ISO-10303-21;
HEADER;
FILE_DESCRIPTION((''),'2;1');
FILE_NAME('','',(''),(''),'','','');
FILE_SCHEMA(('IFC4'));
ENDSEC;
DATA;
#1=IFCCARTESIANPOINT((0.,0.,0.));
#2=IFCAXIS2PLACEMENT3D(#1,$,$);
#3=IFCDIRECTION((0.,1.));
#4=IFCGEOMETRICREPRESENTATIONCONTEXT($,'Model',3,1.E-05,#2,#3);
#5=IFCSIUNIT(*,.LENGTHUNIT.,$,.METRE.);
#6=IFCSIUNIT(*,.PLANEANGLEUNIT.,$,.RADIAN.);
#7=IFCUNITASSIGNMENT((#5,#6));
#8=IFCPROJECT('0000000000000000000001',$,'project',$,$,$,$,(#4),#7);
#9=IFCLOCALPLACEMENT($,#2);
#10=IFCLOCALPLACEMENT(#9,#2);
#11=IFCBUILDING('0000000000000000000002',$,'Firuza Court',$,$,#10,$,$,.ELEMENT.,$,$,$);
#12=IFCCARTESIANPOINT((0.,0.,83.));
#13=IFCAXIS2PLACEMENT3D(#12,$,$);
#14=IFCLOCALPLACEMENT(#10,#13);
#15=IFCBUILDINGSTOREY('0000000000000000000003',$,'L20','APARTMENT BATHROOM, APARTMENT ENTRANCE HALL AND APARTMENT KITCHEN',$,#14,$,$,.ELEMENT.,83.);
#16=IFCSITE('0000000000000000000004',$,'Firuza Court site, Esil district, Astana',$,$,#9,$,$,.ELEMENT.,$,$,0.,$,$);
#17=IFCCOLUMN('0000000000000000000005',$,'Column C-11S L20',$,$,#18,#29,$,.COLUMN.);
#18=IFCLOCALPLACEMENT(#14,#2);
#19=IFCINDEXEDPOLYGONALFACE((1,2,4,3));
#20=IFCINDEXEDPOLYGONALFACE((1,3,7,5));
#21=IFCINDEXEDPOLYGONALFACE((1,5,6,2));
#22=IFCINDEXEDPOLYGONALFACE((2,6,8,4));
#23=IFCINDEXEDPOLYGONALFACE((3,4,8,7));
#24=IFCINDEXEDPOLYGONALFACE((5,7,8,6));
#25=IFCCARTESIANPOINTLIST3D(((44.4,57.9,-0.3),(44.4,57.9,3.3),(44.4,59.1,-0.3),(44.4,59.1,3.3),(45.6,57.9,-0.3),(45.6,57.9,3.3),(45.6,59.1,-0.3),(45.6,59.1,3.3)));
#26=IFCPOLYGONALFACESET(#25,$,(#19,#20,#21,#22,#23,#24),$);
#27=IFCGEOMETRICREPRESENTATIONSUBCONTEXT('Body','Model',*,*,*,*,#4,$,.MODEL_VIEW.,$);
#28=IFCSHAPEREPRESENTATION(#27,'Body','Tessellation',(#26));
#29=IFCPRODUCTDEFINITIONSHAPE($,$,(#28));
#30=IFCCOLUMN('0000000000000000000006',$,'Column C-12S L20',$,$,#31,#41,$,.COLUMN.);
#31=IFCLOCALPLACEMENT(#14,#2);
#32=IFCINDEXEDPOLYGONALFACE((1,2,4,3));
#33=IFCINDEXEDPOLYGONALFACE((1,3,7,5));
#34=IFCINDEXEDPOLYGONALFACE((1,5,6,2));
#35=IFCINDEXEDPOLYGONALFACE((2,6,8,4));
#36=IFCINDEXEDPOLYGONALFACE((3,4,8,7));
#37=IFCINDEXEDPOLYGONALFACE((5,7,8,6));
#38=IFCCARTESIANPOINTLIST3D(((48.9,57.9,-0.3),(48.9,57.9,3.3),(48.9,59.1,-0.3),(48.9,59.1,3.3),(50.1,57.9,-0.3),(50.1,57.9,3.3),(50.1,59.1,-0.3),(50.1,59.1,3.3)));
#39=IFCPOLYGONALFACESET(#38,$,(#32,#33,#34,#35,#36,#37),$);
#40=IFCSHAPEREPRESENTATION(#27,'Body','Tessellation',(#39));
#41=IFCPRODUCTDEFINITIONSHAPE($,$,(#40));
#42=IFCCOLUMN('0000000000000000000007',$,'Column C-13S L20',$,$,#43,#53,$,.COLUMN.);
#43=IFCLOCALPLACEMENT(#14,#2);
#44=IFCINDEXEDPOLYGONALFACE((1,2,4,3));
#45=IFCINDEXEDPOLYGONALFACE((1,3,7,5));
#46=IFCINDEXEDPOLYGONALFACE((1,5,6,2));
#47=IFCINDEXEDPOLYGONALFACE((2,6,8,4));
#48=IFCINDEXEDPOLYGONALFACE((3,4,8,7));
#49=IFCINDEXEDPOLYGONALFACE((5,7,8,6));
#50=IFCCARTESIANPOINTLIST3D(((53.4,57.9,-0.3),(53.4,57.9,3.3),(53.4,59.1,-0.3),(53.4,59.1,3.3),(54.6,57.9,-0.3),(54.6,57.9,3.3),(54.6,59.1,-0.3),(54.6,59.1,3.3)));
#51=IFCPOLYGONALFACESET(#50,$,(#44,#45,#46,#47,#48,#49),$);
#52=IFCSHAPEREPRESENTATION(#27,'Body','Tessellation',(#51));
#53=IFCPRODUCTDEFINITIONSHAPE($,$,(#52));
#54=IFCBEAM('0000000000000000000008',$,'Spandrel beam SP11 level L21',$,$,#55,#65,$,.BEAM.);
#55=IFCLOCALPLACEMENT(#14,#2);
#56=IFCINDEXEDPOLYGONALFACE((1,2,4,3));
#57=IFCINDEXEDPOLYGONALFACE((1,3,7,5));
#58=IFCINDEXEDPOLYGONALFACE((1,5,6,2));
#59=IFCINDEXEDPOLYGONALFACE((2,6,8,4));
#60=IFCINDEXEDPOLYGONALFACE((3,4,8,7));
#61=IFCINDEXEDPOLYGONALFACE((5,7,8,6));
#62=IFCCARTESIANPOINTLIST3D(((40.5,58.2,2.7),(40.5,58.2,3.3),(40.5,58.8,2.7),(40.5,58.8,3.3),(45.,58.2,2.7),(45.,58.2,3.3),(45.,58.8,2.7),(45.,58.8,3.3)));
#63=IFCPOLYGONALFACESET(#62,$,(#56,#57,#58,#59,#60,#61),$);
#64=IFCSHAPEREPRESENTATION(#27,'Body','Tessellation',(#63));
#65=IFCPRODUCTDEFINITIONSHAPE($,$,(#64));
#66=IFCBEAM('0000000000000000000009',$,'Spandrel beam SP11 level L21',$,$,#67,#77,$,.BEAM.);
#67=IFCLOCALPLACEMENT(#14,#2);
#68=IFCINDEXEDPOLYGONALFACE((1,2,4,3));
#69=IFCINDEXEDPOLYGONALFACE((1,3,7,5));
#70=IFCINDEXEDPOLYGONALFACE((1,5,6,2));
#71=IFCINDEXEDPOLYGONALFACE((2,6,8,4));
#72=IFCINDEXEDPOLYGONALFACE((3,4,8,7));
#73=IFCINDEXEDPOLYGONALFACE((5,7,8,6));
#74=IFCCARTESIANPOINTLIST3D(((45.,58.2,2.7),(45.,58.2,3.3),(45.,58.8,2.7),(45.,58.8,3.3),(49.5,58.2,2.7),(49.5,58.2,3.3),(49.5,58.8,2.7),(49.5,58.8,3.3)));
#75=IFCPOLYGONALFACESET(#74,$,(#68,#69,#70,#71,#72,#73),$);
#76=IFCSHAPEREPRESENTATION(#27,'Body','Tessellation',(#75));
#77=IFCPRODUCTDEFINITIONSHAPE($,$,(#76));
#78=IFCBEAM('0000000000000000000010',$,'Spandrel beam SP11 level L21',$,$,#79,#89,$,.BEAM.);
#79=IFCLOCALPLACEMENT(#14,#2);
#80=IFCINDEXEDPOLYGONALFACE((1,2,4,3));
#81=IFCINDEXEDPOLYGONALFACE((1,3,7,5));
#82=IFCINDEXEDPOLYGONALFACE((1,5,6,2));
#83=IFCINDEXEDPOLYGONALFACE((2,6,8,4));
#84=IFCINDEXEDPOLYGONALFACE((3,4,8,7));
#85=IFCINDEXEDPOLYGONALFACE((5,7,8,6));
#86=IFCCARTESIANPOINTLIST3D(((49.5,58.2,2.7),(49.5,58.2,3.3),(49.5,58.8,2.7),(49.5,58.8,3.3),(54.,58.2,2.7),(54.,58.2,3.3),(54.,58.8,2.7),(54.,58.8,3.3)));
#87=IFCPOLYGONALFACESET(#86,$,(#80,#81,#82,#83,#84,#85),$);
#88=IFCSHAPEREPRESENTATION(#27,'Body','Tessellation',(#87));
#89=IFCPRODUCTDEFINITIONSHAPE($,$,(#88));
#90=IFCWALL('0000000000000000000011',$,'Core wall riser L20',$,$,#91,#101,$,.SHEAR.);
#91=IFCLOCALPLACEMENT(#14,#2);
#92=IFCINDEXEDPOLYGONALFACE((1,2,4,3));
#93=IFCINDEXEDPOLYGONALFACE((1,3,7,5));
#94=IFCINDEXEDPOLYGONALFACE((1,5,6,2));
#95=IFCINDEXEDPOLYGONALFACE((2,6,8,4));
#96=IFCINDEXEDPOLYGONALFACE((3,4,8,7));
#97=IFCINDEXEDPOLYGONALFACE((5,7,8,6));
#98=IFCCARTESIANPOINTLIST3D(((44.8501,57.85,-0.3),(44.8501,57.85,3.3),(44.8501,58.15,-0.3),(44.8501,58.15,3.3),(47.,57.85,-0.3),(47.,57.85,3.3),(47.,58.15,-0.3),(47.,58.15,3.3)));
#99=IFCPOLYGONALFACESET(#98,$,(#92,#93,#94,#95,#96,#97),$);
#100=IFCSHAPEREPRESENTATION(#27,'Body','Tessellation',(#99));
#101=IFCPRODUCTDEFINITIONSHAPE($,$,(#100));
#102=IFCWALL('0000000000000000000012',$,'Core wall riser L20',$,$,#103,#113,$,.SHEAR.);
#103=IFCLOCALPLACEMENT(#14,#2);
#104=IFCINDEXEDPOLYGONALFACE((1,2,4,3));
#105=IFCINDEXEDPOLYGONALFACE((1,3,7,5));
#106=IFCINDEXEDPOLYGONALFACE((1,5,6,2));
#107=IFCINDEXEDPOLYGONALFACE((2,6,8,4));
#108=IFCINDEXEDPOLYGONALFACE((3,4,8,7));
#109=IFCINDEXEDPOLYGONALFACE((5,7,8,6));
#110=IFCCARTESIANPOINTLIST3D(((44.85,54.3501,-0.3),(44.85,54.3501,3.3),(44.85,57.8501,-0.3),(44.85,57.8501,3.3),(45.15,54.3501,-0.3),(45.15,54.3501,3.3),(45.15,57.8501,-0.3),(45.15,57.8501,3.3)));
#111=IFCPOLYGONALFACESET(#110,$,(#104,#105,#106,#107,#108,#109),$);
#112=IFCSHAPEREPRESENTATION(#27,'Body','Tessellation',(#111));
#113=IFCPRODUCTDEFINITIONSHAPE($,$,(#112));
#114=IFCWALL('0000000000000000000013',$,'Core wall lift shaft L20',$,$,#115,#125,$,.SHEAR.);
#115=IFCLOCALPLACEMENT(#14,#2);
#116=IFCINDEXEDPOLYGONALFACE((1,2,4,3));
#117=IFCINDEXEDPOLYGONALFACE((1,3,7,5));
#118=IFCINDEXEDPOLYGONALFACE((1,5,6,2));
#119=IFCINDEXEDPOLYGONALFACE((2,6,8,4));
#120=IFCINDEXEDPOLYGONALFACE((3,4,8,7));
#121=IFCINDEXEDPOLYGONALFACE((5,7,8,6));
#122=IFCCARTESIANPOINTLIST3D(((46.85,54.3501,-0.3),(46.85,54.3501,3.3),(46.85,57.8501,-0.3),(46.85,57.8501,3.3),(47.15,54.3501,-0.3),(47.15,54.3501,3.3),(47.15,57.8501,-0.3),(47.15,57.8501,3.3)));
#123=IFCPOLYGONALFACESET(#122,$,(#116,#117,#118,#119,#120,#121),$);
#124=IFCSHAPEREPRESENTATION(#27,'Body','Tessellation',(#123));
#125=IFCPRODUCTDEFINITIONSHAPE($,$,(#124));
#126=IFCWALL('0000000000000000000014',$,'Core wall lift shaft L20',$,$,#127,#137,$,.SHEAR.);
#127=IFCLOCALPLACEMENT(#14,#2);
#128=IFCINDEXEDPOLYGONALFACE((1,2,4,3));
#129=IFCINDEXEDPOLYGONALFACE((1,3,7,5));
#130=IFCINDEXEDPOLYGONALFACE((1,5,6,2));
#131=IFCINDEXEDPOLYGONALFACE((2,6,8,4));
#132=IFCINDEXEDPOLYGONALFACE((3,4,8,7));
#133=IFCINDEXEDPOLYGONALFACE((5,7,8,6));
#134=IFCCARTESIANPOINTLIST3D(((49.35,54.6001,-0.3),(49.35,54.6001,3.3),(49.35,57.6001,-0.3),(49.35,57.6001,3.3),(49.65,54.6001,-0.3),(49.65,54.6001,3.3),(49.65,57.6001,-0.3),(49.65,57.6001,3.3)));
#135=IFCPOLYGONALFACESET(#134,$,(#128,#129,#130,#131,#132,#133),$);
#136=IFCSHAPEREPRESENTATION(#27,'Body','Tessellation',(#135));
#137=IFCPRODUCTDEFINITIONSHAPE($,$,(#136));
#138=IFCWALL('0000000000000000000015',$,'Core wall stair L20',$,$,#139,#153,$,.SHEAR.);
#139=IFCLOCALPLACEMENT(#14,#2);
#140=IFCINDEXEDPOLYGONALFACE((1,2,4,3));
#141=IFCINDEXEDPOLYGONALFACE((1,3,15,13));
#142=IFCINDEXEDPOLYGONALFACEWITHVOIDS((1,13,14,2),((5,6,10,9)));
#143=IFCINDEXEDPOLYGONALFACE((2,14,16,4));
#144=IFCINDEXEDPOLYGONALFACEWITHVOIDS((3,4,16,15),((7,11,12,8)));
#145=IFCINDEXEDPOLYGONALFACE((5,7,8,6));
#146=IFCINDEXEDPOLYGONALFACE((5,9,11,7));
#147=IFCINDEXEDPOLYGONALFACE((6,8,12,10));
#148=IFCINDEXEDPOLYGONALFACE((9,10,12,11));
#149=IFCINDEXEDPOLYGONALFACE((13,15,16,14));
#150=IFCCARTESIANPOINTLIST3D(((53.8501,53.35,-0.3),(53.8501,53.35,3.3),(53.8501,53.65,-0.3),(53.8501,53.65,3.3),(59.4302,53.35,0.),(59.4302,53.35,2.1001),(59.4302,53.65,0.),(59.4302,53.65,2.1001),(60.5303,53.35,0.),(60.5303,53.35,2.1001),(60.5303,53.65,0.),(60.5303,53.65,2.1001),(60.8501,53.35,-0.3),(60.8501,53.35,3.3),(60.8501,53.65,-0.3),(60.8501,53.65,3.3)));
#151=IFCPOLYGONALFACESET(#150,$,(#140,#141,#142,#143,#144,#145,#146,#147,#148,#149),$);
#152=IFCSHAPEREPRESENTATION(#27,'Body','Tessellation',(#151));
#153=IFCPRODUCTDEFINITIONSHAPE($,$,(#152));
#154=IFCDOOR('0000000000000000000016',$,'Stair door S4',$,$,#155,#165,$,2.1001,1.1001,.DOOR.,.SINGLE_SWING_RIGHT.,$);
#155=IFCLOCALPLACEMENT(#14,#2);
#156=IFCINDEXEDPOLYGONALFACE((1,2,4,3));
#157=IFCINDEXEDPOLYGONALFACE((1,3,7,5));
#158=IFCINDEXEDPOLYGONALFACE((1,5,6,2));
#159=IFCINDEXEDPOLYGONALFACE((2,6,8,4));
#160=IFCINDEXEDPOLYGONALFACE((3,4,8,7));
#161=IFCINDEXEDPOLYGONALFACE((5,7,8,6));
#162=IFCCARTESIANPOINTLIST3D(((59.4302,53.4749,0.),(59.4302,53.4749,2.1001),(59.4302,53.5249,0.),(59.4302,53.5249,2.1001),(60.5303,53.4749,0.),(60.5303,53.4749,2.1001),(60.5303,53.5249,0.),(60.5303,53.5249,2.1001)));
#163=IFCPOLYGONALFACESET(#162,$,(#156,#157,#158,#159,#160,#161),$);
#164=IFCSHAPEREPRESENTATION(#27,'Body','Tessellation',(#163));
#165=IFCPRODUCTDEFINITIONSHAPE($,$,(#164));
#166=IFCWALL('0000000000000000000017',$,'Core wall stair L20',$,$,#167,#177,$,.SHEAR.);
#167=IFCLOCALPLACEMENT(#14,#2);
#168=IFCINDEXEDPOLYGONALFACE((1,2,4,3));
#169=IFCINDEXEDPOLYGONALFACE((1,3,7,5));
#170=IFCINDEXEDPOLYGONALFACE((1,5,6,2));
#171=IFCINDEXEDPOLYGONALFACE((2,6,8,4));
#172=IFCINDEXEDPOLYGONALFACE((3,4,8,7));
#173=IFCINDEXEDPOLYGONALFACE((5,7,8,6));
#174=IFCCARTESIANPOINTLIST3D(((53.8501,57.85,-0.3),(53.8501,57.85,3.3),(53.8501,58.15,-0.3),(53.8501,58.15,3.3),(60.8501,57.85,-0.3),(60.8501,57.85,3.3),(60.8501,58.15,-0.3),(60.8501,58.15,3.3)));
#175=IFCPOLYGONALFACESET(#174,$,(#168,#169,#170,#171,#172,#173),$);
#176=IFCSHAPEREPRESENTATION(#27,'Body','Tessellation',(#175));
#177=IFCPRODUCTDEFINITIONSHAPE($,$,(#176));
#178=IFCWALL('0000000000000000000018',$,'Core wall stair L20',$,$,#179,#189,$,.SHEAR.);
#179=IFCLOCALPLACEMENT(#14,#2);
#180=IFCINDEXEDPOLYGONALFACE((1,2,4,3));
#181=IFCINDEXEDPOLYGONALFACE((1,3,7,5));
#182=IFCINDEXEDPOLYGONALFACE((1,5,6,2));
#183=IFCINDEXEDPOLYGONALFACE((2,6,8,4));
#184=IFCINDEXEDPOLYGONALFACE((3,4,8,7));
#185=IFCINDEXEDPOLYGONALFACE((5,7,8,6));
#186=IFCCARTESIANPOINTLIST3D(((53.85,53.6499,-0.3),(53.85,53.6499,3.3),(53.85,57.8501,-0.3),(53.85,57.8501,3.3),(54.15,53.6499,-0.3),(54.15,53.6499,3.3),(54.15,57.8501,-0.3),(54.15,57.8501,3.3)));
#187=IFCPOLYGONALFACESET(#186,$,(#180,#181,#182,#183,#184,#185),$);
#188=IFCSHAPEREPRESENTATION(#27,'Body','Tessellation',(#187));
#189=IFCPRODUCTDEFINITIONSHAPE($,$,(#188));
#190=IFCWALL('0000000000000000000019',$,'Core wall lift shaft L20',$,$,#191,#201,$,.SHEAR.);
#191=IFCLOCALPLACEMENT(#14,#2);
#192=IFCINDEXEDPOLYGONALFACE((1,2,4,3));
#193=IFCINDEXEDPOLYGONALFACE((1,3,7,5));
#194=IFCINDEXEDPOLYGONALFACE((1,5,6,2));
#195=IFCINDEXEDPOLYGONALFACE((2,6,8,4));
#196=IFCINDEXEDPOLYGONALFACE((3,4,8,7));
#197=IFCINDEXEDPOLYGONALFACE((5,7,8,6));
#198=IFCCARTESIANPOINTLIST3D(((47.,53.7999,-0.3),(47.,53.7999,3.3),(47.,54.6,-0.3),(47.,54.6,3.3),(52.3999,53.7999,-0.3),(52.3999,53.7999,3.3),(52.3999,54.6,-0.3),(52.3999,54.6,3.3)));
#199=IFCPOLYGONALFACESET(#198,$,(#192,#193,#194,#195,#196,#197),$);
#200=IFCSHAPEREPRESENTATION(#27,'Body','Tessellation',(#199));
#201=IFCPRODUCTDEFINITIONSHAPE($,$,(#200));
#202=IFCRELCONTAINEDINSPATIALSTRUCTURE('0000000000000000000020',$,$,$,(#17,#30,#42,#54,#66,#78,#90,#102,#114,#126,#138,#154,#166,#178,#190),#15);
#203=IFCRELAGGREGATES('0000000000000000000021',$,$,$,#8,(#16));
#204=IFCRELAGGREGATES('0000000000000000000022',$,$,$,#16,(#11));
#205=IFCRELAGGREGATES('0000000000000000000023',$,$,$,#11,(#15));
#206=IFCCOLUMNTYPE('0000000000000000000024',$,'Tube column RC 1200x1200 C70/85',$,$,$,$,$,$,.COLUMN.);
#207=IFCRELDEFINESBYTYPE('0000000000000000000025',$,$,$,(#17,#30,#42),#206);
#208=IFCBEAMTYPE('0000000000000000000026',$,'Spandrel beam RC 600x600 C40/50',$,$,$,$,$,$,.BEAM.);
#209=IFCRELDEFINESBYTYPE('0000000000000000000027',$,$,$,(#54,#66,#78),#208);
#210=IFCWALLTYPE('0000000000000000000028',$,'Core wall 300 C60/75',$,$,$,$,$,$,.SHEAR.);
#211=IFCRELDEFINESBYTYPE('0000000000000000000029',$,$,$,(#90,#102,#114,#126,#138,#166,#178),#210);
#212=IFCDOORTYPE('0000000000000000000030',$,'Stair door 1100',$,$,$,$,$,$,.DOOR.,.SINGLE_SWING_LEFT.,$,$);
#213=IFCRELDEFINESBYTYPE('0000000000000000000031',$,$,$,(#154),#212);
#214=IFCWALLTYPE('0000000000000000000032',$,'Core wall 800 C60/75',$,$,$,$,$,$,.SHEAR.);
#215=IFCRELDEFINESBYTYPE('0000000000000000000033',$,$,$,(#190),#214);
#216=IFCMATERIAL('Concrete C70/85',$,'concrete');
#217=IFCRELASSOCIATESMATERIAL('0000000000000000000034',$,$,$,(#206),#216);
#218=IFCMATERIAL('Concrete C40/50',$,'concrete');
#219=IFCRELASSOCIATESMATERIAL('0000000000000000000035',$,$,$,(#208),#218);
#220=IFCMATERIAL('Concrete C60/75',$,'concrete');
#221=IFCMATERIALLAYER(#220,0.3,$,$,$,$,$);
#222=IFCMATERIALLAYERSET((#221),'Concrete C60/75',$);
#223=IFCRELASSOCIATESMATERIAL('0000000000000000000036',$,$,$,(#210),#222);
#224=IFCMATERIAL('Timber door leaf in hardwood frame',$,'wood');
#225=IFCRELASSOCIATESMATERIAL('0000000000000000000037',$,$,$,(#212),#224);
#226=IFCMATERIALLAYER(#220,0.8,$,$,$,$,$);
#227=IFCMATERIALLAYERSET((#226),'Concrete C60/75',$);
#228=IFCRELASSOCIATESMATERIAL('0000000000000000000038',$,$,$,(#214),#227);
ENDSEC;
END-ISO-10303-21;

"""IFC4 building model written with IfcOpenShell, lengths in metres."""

from ifc_helpers import new_model, si_unit, direction, frame, frame_2d, origin, origin_2d, place, context, subcontext, project, spatial, rectangle, extrude, material, layer, layer_set, material_profile, profile_set, type_object, element, fill, save


model = new_model("IFC4")

# Units and contexts
model_context = context("Model", 3, precision=1e-05, world=origin(), true_north=direction((0.0, 1.0)))
body_context = subcontext(model_context, "Body", "Model", "MODEL_VIEW")
ifc_project = project(units=[si_unit("LENGTHUNIT", "METRE"), si_unit("PLANEANGLEUNIT", "RADIAN")], contexts=[model_context])

# Site, building, storey
site_placement = place(None, origin())
site = spatial("IfcSite", under=ifc_project, at=site_placement, Name="Firuza Court site, Esil district, Astana", CompositionType="ELEMENT", RefElevation=0.0)
building_placement = place(site_placement, origin())
building = spatial("IfcBuilding", under=site, at=building_placement, Name="Firuza Court", CompositionType="ELEMENT")
storey_placement = place(building_placement, frame((0.0, 0.0, 83.0)))
storey = spatial("IfcBuildingStorey", under=building, at=storey_placement, Name="L20", Description="APARTMENT BATHROOM, APARTMENT ENTRANCE HALL AND APARTMENT KITCHEN", CompositionType="ELEMENT", Elevation=83.0)

# Columns
ifc_material_1 = material(Name="Concrete C70/85", Category="concrete")
ifc_material_profile_1 = material_profile(ifc_material_1, rectangle(XDim=1.2, YDim=1.2, at=origin_2d()), Name="RC 1200x1200")
ifc_profile_set_1 = profile_set([ifc_material_profile_1], Name="Concrete C70/85")
column_type = type_object("IfcColumnType", Name="Tube column RC 1200x1200 C70/85", PredefinedType="COLUMN", material=ifc_profile_set_1)
for number, where, z_axis, x_axis, name in (
    (1, (45.0, 58.5, -0.3), (0.0, 0.0, 1.0), (1.0, 0.0, 0.0), "Column C-11S L20"),
    (2, (49.5, 58.5, -0.3), (0.0, 0.0, 1.0), (1.0, 0.0, 0.0), "Column C-12S L20"),
    (3, (54.0, 58.5, -0.3), (0.0, 0.0, 1.0), (1.0, 0.0, 0.0), "Column C-13S L20"),
):
    element("IfcColumn", number, at=place(storey_placement, frame(where, z_axis=z_axis, x_axis=x_axis)), inside=storey, type_object=column_type, Name=name, PredefinedType="COLUMN", context=body_context, shape_type="SweptSolid", body=[
        extrude(rectangle(XDim=1.2, YDim=1.2, at=origin_2d()), origin(), (0.0, 0.0, 1.0), 3.6001),
    ])

# Beams
ifc_material_2 = material(Name="Concrete C40/50", Category="concrete")
ifc_material_profile_2 = material_profile(ifc_material_2, rectangle(XDim=0.6001, YDim=0.6001, at=origin_2d()), Name="RC 600x600")
ifc_profile_set_2 = profile_set([ifc_material_profile_2], Name="Concrete C40/50")
beam_type = type_object("IfcBeamType", Name="Spandrel beam RC 600x600 C40/50", PredefinedType="BEAM", material=ifc_profile_set_2)
for number, where, z_axis, x_axis, name in (
    (4, (45.0, 58.5, 3.0), (-1.0, 0.0, 0.0), (0.0, -1.0, 0.0), "Spandrel beam SP11 level L21"),
    (5, (49.5, 58.5, 3.0), (-1.0, 0.0, 0.0), (0.0, -1.0, 0.0), "Spandrel beam SP11 level L21"),
    (6, (54.0, 58.5, 3.0), (-1.0, 0.0, 0.0), (0.0, -1.0, 0.0), "Spandrel beam SP11 level L21"),
):
    element("IfcBeam", number, at=place(storey_placement, frame(where, z_axis=z_axis, x_axis=x_axis)), inside=storey, type_object=beam_type, Name=name, PredefinedType="BEAM", context=body_context, shape_type="SweptSolid", body=[
        extrude(rectangle(XDim=0.6001, YDim=0.6001, at=origin_2d()), origin(), (0.0, 0.0, 1.0), 4.5),
    ])

# Walls
ifc_material_3 = material(Name="Concrete C60/75", Category="concrete")
ifc_layer_1 = layer(ifc_material_3, 0.3)
ifc_layer_set_1 = layer_set([ifc_layer_1], Name="Concrete C60/75")
wall_type_1 = type_object("IfcWallType", Name="Core wall 300 C60/75", PredefinedType="SHEAR", material=ifc_layer_set_1)
wall_1_placement = place(storey_placement, frame((44.8501, 58.0, -0.3), z_axis=(0.0, 0.0, 1.0), x_axis=(1.0, 0.0, 0.0)))
element("IfcWall", 7, at=wall_1_placement, inside=storey, type_object=wall_type_1, Name="Core wall riser L20", PredefinedType="SHEAR", context=body_context, shape_type="SweptSolid", body=[
    extrude(rectangle(XDim=2.1499, YDim=0.3, at=frame_2d((1.075, 0.0))), origin(), (0.0, 0.0, 1.0), 3.6001),
])
for number, where, z_axis, x_axis, name in (
    (8, (45.0, 54.3501, -0.3), (0.0, 0.0, 1.0), (0.0, 1.0, 0.0), "Core wall riser L20"),
    (9, (47.0, 54.3501, -0.3), (0.0, 0.0, 1.0), (0.0, 1.0, 0.0), "Core wall lift shaft L20"),
):
    element("IfcWall", number, at=place(storey_placement, frame(where, z_axis=z_axis, x_axis=x_axis)), inside=storey, type_object=wall_type_1, Name=name, PredefinedType="SHEAR", context=body_context, shape_type="SweptSolid", body=[
        extrude(rectangle(XDim=3.5, YDim=0.3, at=frame_2d((1.75, 0.0))), origin(), (0.0, 0.0, 1.0), 3.6001),
    ])
wall_2_placement = place(storey_placement, frame((49.5, 54.6001, -0.3), z_axis=(0.0, 0.0, 1.0), x_axis=(0.0, 1.0, 0.0)))
element("IfcWall", 10, at=wall_2_placement, inside=storey, type_object=wall_type_1, Name="Core wall lift shaft L20", PredefinedType="SHEAR", context=body_context, shape_type="SweptSolid", body=[
    extrude(rectangle(XDim=3.0, YDim=0.3, at=frame_2d((1.5, 0.0))), origin(), (0.0, 0.0, 1.0), 3.6001),
])

# Wall, opening, door
wall_3_placement = place(storey_placement, frame((53.8501, 53.5, -0.3), z_axis=(0.0, 0.0, 1.0), x_axis=(1.0, 0.0, 0.0)))
wall_3 = element("IfcWall", 11, at=wall_3_placement, inside=storey, type_object=wall_type_1, Name="Core wall stair L20", PredefinedType="SHEAR", context=body_context, shape_type="SweptSolid", body=[
    extrude(rectangle(XDim=7.0, YDim=0.3, at=frame_2d((3.5, 0.0))), origin(), (0.0, 0.0, 1.0), 3.6001),
])
opening_1_placement = place(wall_3_placement, frame((5.5801, 0.0, 0.3)))
opening_1 = element("IfcOpeningElement", 12, at=opening_1_placement, cuts=wall_3, PredefinedType="OPENING", context=body_context, shape_type="SweptSolid", body=[
    extrude(rectangle(XDim=1.1001, YDim=2.1001, at=frame_2d((0.55, 1.05))), frame((0.0, 0.1621, 0.0), z_axis=(0.0, -1.0, 0.0), x_axis=(1.0, 0.0, 0.0)), (0.0, 0.0, 1.0), 0.324),
])
ifc_material_4 = material(Name="Timber door leaf in hardwood frame", Category="wood")
door_type_1 = type_object("IfcDoorType", Name="Stair door 1100", OperationType="SINGLE_SWING_LEFT", PredefinedType="DOOR", material=ifc_material_4)
door_1_placement = place(opening_1_placement, origin())
door_1 = element("IfcDoor", 13, at=door_1_placement, inside=storey, type_object=door_type_1, Name="Stair door S4", OperationType="SINGLE_SWING_RIGHT", OverallHeight=2.1001, OverallWidth=1.1001, PredefinedType="DOOR", context=body_context, shape_type="SweptSolid", body=[
    extrude(rectangle(XDim=1.1001, YDim=2.1001, at=frame_2d((0.55, 1.05))), frame((0.0, 0.0249, 0.0), z_axis=(0.0, -1.0, 0.0), x_axis=(1.0, 0.0, 0.0)), (0.0, 0.0, 1.0), 0.05),
])
fill(opening_1, door_1)

# Walls
wall_4_placement = place(storey_placement, frame((53.8501, 58.0, -0.3), z_axis=(0.0, 0.0, 1.0), x_axis=(1.0, 0.0, 0.0)))
element("IfcWall", 14, at=wall_4_placement, inside=storey, type_object=wall_type_1, Name="Core wall stair L20", PredefinedType="SHEAR", context=body_context, shape_type="SweptSolid", body=[
    extrude(rectangle(XDim=7.0, YDim=0.3, at=frame_2d((3.5, 0.0))), origin(), (0.0, 0.0, 1.0), 3.6001),
])
wall_5_placement = place(storey_placement, frame((54.0, 53.6499, -0.3), z_axis=(0.0, 0.0, 1.0), x_axis=(0.0, 1.0, 0.0)))
element("IfcWall", 15, at=wall_5_placement, inside=storey, type_object=wall_type_1, Name="Core wall stair L20", PredefinedType="SHEAR", context=body_context, shape_type="SweptSolid", body=[
    extrude(rectangle(XDim=4.2002, YDim=0.3, at=frame_2d((2.1001, 0.0))), origin(), (0.0, 0.0, 1.0), 3.6001),
])
ifc_layer_2 = layer(ifc_material_3, 0.8)
ifc_layer_set_2 = layer_set([ifc_layer_2], Name="Concrete C60/75")
wall_type_2 = type_object("IfcWallType", Name="Core wall 800 C60/75", PredefinedType="SHEAR", material=ifc_layer_set_2)
for number, where, z_axis, x_axis, name in (
    (16, (47.0, 54.2, -0.3), (0.0, 0.0, 1.0), (1.0, 0.0, 0.0), "Core wall lift shaft L20"),
):
    element("IfcWall", number, at=place(storey_placement, frame(where, z_axis=z_axis, x_axis=x_axis)), inside=storey, type_object=wall_type_2, Name=name, PredefinedType="SHEAR", context=body_context, shape_type="SweptSolid", body=[
        extrude(rectangle(XDim=5.3999, YDim=0.8, at=frame_2d((2.7, 0.0))), origin(), (0.0, 0.0, 1.0), 3.6001),
    ])

save(model, "model.ifc")
